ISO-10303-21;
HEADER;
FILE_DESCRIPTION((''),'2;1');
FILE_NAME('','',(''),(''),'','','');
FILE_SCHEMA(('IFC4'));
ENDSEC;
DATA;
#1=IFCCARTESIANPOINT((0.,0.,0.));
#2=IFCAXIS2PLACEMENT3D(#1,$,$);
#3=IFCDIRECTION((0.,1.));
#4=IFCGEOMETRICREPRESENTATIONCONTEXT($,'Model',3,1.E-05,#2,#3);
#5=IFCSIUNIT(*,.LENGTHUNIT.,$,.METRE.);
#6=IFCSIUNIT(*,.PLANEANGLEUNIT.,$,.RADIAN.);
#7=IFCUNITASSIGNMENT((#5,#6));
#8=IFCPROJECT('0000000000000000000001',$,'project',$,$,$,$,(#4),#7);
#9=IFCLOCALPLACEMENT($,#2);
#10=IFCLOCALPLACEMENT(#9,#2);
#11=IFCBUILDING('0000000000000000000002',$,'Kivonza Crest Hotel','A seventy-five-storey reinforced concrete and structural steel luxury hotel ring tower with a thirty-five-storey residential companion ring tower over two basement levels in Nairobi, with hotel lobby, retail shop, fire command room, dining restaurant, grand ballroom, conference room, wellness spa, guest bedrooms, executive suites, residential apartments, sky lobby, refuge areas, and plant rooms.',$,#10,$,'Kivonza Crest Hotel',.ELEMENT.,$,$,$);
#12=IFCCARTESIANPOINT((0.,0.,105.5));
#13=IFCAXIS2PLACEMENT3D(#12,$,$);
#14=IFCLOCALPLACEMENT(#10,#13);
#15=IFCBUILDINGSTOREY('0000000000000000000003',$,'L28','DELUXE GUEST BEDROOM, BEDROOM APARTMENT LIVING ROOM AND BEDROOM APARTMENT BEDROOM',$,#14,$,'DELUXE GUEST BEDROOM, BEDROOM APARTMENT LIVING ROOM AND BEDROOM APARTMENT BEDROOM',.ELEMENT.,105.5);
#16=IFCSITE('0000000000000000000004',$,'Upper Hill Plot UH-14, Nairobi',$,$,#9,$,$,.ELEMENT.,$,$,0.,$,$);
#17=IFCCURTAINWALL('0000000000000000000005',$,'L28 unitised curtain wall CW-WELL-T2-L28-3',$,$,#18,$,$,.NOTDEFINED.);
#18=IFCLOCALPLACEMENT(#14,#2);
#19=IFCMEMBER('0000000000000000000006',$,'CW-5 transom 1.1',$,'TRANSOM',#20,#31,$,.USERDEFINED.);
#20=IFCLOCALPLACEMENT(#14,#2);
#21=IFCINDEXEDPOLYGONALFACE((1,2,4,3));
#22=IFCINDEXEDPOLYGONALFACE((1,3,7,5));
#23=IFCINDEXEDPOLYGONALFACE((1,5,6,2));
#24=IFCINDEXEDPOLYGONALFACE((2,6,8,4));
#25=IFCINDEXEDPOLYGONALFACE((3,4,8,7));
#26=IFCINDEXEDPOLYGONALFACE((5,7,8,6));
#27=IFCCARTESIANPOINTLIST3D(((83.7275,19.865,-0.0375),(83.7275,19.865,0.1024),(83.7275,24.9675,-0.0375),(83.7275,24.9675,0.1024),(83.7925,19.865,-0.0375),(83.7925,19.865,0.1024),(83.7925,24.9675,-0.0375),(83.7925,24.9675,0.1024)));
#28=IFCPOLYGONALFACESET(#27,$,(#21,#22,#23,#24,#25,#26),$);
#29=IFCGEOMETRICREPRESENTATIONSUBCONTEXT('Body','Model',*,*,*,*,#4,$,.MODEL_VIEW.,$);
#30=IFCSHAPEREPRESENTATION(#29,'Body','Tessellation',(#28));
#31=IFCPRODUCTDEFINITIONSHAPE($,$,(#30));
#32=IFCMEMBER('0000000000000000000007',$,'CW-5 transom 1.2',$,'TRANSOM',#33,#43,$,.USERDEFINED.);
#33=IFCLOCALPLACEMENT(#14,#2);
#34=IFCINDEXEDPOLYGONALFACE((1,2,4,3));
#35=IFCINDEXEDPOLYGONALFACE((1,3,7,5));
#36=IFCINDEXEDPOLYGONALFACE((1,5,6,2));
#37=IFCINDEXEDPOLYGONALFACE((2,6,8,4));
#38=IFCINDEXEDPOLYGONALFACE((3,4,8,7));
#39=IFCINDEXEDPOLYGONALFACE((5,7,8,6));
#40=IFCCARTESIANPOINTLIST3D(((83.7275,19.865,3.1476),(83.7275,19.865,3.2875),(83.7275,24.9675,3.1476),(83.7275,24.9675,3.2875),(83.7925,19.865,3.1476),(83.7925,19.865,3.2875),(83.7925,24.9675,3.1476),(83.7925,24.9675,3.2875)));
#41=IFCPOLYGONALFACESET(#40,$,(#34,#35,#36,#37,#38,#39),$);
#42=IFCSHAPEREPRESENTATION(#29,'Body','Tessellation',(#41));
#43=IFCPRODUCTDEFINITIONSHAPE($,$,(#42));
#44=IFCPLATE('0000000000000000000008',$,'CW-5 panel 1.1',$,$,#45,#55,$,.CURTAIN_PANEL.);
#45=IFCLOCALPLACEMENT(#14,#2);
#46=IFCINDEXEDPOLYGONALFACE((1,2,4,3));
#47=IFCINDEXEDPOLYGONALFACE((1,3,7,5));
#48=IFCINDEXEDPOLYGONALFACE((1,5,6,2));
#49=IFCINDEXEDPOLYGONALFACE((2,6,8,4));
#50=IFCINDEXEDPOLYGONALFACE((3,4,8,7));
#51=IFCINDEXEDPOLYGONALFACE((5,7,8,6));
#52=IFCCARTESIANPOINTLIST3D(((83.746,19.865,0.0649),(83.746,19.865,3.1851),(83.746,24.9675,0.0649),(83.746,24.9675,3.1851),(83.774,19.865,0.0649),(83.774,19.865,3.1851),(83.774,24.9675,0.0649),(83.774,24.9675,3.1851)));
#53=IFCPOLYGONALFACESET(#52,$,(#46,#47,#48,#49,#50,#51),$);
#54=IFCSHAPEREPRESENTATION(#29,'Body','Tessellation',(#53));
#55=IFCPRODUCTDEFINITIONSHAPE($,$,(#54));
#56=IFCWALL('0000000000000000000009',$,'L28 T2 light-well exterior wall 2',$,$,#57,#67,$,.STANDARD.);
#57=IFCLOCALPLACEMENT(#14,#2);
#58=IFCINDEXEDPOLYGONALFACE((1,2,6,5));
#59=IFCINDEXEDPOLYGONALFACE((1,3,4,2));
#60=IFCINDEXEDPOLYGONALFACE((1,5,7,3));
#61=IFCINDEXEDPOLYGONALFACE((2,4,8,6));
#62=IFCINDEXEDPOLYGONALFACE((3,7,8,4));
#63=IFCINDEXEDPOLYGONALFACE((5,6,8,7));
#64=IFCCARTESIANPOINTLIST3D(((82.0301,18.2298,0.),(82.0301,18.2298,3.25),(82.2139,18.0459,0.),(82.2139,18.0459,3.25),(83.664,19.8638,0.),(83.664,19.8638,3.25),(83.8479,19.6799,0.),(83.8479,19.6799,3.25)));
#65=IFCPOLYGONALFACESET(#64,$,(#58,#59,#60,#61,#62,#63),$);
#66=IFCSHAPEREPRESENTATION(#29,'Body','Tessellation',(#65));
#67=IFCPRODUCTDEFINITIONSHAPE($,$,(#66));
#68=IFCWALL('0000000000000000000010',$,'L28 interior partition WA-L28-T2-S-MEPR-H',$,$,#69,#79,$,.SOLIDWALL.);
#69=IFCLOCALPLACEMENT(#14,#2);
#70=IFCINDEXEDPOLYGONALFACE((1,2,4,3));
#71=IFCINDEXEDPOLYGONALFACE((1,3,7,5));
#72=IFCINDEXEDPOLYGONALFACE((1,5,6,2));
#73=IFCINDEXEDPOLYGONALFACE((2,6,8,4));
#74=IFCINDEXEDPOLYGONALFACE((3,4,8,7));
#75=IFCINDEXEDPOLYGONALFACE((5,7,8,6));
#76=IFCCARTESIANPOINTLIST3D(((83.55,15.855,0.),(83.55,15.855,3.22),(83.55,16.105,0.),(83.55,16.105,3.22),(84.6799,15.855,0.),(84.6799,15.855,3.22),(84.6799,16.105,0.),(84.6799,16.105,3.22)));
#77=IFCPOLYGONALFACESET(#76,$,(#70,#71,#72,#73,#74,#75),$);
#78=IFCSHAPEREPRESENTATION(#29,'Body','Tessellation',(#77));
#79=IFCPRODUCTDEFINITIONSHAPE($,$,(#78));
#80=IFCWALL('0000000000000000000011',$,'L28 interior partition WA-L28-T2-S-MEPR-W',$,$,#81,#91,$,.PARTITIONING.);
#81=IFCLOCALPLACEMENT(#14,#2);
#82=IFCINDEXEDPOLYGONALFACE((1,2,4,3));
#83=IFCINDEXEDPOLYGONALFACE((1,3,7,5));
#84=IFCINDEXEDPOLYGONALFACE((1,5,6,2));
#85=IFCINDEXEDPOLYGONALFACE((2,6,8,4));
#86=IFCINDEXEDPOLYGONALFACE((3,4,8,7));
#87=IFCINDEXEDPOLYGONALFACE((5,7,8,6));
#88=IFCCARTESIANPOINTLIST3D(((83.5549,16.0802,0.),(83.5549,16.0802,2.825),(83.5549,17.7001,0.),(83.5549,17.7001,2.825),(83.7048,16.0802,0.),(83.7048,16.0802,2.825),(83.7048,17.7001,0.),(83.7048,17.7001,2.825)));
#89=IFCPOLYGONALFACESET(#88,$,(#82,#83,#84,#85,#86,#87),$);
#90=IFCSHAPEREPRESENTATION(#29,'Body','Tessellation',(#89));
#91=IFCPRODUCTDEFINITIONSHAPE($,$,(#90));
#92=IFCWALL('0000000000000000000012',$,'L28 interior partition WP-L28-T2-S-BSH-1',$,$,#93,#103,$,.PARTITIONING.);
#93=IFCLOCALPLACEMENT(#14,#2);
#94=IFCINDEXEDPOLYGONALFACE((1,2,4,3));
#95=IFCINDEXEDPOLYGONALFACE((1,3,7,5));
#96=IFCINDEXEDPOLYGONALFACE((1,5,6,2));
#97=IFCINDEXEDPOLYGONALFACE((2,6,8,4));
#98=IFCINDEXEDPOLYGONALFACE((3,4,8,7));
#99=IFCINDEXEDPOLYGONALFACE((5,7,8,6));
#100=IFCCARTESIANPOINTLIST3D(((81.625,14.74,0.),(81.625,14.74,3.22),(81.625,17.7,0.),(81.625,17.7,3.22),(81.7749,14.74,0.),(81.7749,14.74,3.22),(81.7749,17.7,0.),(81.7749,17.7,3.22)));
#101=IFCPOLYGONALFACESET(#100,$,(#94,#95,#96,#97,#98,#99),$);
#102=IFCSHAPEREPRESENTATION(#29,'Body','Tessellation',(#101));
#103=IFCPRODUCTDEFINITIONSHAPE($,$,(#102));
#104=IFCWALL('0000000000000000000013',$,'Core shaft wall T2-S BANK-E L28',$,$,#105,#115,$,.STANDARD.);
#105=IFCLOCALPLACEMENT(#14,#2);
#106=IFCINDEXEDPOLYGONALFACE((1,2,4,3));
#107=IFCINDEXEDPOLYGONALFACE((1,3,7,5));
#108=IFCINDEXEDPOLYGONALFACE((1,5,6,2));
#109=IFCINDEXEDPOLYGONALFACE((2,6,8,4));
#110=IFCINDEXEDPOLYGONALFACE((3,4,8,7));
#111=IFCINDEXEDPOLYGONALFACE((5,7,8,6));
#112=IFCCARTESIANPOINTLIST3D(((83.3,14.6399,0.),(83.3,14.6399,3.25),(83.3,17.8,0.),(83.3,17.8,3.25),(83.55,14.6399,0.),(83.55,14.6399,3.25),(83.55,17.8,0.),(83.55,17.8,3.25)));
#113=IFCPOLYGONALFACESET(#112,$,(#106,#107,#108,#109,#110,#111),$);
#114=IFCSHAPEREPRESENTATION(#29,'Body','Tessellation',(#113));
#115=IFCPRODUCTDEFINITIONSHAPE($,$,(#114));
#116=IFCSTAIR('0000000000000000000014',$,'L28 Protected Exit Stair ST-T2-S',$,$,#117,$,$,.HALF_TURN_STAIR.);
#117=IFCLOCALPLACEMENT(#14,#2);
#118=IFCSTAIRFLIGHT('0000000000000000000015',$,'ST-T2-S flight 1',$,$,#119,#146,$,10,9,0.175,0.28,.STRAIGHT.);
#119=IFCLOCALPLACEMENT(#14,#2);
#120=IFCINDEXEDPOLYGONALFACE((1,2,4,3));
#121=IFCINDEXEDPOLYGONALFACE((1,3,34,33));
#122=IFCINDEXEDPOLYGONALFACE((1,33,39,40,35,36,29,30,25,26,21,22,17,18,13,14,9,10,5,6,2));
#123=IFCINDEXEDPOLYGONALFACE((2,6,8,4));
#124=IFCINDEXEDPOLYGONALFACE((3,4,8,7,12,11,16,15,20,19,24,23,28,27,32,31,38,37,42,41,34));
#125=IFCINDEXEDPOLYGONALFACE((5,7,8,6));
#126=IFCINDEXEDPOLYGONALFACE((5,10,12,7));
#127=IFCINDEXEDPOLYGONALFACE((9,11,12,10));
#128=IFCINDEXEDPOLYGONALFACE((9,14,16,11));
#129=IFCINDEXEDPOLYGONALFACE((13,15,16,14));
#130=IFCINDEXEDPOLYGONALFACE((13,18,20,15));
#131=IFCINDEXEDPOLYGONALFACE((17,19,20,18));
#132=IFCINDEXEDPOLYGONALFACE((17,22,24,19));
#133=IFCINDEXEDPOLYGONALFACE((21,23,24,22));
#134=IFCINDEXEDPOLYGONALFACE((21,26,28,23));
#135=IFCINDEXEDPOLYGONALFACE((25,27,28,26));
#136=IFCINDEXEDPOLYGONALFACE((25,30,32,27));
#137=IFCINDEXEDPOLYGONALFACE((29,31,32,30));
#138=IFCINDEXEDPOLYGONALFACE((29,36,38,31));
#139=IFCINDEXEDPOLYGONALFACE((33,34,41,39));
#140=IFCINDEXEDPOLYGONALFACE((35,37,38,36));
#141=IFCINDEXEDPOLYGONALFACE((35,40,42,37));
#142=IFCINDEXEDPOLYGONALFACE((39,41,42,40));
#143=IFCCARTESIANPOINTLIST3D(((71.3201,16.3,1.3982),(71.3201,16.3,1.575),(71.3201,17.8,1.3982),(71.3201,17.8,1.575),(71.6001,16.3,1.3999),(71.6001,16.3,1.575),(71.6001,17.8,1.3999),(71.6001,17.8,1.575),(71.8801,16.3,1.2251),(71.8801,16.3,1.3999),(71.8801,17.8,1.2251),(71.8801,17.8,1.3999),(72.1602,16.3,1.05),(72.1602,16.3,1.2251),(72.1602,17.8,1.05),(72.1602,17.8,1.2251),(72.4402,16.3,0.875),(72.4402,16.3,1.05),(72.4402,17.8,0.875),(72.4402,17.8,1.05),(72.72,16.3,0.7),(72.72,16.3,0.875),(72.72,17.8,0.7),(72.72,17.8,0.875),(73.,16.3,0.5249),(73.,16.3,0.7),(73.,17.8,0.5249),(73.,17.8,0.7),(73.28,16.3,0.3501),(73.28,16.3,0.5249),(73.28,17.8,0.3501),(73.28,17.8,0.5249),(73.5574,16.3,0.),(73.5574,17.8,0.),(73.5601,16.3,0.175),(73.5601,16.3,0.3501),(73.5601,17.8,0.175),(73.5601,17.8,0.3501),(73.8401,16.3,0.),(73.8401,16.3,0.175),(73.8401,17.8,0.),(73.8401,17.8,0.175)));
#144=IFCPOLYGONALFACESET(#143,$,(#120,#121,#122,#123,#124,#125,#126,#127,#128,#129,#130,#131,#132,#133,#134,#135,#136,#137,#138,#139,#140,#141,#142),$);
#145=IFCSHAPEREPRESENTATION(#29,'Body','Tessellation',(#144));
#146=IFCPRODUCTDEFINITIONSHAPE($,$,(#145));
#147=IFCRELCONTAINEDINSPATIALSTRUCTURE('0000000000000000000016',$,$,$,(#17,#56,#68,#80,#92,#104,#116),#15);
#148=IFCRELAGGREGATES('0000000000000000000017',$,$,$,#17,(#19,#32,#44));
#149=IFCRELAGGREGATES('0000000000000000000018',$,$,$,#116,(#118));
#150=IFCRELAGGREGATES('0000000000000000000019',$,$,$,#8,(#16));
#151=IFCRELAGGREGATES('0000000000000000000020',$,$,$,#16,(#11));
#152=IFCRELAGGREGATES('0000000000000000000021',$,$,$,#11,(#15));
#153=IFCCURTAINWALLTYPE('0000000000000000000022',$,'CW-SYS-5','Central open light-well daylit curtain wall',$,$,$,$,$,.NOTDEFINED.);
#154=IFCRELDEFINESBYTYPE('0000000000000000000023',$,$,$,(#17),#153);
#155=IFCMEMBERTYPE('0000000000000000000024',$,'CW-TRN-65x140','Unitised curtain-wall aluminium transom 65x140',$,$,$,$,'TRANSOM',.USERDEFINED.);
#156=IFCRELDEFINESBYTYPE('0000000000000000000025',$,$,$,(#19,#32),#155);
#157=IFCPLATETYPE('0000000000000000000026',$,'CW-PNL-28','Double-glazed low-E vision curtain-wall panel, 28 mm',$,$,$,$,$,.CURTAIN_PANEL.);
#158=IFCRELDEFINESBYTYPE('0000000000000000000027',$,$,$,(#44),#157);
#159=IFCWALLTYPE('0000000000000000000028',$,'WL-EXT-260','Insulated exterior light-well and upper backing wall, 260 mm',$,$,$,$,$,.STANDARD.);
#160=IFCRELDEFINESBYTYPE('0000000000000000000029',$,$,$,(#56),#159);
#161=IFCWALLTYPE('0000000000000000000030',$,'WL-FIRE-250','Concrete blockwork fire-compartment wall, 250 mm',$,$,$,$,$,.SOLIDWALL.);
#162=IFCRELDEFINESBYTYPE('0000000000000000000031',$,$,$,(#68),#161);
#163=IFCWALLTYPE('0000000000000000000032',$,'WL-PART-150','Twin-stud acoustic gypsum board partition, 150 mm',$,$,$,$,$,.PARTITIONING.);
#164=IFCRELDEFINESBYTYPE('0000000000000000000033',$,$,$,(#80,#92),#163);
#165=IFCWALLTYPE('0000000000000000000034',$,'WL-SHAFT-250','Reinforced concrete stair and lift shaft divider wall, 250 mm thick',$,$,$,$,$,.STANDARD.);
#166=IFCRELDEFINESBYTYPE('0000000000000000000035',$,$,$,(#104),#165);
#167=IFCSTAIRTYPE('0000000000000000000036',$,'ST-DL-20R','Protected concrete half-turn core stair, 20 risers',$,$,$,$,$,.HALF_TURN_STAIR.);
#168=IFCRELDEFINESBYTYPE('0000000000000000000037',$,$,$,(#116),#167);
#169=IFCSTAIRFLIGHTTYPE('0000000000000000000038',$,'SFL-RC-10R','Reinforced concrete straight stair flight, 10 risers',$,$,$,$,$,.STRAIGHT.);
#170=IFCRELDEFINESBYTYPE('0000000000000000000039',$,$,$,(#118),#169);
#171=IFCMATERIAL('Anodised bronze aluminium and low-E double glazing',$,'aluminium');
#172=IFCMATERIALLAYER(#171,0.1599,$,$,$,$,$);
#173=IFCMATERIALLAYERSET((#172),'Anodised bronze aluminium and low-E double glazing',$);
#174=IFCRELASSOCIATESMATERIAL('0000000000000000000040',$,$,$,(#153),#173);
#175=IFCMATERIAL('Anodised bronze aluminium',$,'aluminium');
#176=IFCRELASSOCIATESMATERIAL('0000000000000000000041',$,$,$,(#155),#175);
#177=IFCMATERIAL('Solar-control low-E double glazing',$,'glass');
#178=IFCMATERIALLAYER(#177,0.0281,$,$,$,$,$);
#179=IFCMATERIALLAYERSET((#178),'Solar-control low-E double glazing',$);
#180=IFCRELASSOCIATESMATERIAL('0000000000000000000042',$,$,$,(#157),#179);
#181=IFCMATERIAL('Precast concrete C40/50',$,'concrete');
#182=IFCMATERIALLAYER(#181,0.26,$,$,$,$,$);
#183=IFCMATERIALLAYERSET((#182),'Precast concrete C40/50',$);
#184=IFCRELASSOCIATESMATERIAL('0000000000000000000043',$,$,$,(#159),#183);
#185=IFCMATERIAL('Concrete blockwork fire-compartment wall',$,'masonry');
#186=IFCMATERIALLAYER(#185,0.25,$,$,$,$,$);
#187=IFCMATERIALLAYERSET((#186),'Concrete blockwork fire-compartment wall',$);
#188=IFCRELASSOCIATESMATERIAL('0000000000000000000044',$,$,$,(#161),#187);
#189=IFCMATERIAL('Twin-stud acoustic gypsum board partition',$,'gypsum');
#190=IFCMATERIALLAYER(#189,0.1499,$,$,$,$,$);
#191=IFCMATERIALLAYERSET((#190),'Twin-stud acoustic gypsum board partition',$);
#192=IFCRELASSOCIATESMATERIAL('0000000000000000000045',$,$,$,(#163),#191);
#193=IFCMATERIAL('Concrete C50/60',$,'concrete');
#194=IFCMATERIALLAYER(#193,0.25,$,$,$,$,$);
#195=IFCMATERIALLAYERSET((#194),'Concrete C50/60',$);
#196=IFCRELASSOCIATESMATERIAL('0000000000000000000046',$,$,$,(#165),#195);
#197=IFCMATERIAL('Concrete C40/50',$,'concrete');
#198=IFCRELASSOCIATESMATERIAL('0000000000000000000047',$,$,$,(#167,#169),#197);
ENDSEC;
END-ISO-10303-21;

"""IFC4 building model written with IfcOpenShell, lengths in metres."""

from ifc_helpers import new_model, si_unit, direction, frame, frame_2d, origin, origin_2d, place, context, subcontext, project, spatial, polyline, rectangle, outline, extrude, material, layer, layer_set, material_profile, profile_set, type_object, element, aggregate, save


model = new_model("IFC4")

# Units and contexts
model_context = context("Model", 3, precision=1e-05, world=origin(), true_north=direction((0.0, 1.0)))
body_context = subcontext(model_context, "Body", "Model", "MODEL_VIEW")
ifc_project = project(units=[si_unit("LENGTHUNIT", "METRE"), si_unit("PLANEANGLEUNIT", "RADIAN")], contexts=[model_context])

# Site, building, storey
site_placement = place(None, origin())
site = spatial("IfcSite", under=ifc_project, at=site_placement, Name="Upper Hill Plot UH-14, Nairobi", CompositionType="ELEMENT", RefElevation=0.0)
building_placement = place(site_placement, origin())
building = spatial("IfcBuilding", under=site, at=building_placement, Name="Kivonza Crest Hotel", Description="A seventy-five-storey reinforced concrete and structural steel luxury hotel ring tower with a thirty-five-storey residential companion ring tower over two basement levels in Nairobi, with hotel lobby, retail shop, fire command room, dining restaurant, grand ballroom, conference room, wellness spa, guest bedrooms, executive suites, residential apartments, sky lobby, refuge areas, and plant rooms.", LongName="Kivonza Crest Hotel", CompositionType="ELEMENT")
storey_placement = place(building_placement, frame((0.0, 0.0, 105.5)))
storey = spatial("IfcBuildingStorey", under=building, at=storey_placement, Name="L28", Description="DELUXE GUEST BEDROOM, BEDROOM APARTMENT LIVING ROOM AND BEDROOM APARTMENT BEDROOM", LongName="DELUXE GUEST BEDROOM, BEDROOM APARTMENT LIVING ROOM AND BEDROOM APARTMENT BEDROOM", CompositionType="ELEMENT", Elevation=105.5)

# Shared definitions
ifc_material_1 = material(Name="Concrete C50/60", Category="concrete")

# Curtain wall, members, plate
ifc_material_2 = material(Name="Anodised bronze aluminium and low-E double glazing", Category="aluminium")
ifc_layer_1 = layer(ifc_material_2, 0.1599)
ifc_layer_set_1 = layer_set([ifc_layer_1], Name="Anodised bronze aluminium and low-E double glazing")
curtain_wall_type = type_object("IfcCurtainWallType", Name="CW-SYS-5", Description="Central open light-well daylit curtain wall", PredefinedType="NOTDEFINED", material=ifc_layer_set_1)
curtain_wall_placement = place(storey_placement, origin())
curtain_wall = element("IfcCurtainWall", 1, at=curtain_wall_placement, inside=storey, type_object=curtain_wall_type, Name="L28 unitised curtain wall CW-WELL-T2-L28-3", PredefinedType="NOTDEFINED")
ifc_material_3 = material(Name="Anodised bronze aluminium", Category="aluminium")
ifc_material_profile_1 = material_profile(ifc_material_3, rectangle(XDim=0.0649, YDim=0.1399, at=origin_2d()), Name="CW-T 65x140")
ifc_profile_set_1 = profile_set([ifc_material_profile_1], Name="Anodised bronze aluminium")
member_type_1 = type_object("IfcMemberType", Name="CW-TRN-65x140", Description="Unitised curtain-wall aluminium transom 65x140", ElementType="TRANSOM", PredefinedType="USERDEFINED", material=ifc_profile_set_1)
member_1_placement = place(storey_placement, frame((83.76, 19.865, 0.0325), z_axis=(0.0, 1.0, 0.0), x_axis=(-1.0, 0.0, 0.0)))
member_1 = element("IfcMember", 2, at=member_1_placement, type_object=member_type_1, Name="CW-5 transom 1.1", ObjectType="TRANSOM", PredefinedType="USERDEFINED", context=body_context, shape_type="SweptSolid", body=[
    extrude(rectangle(XDim=0.0649, YDim=0.1399, at=origin_2d()), origin(), (0.0, 0.0, 1.0), 5.1025),
])
member_2_placement = place(storey_placement, frame((83.76, 19.865, 3.2175), z_axis=(0.0, 1.0, 0.0), x_axis=(-1.0, 0.0, 0.0)))
member_2 = element("IfcMember", 3, at=member_2_placement, type_object=member_type_1, Name="CW-5 transom 1.2", ObjectType="TRANSOM", PredefinedType="USERDEFINED", context=body_context, shape_type="SweptSolid", body=[
    extrude(rectangle(XDim=0.0649, YDim=0.1399, at=origin_2d()), origin(), (0.0, 0.0, 1.0), 5.1025),
])
ifc_material_4 = material(Name="Solar-control low-E double glazing", Category="glass")
ifc_layer_2 = layer(ifc_material_4, 0.0281)
ifc_layer_set_2 = layer_set([ifc_layer_2], Name="Solar-control low-E double glazing")
plate_type = type_object("IfcPlateType", Name="CW-PNL-28", Description="Double-glazed low-E vision curtain-wall panel, 28 mm", PredefinedType="CURTAIN_PANEL", material=ifc_layer_set_2)
plate_placement = place(storey_placement, frame((83.76, 22.4163, 0.0649), z_axis=(0.0, 0.0, 1.0), x_axis=(0.0, 1.0, 0.0)))
plate = element("IfcPlate", 4, at=plate_placement, type_object=plate_type, Name="CW-5 panel 1.1", PredefinedType="CURTAIN_PANEL", context=body_context, shape_type="SweptSolid", body=[
    extrude(rectangle(XDim=5.1025, YDim=0.0281, at=origin_2d()), origin(), (0.0, 0.0, 1.0), 3.1201),
])
aggregate(curtain_wall, [member_1, member_2, plate])

# Walls
ifc_material_5 = material(Name="Precast concrete C40/50", Category="concrete")
ifc_layer_3 = layer(ifc_material_5, 0.26)
ifc_layer_set_3 = layer_set([ifc_layer_3], Name="Precast concrete C40/50")
wall_type_1 = type_object("IfcWallType", Name="WL-EXT-260", Description="Insulated exterior light-well and upper backing wall, 260 mm", PredefinedType="STANDARD", material=ifc_layer_set_3)
wall_1_placement = place(storey_placement, frame((82.1221, 18.1379, 0.0), z_axis=(0.0, 0.0, 1.0), x_axis=(0.707107, 0.707107, 0.0)))
element("IfcWall", 5, at=wall_1_placement, inside=storey, type_object=wall_type_1, Name="L28 T2 light-well exterior wall 2", PredefinedType="STANDARD", context=body_context, shape_type="SweptSolid", body=[
    extrude(rectangle(XDim=2.3108, YDim=0.26, at=frame_2d((1.1553, 0.0))), origin(), (0.0, 0.0, 1.0), 3.25),
])
ifc_material_6 = material(Name="Concrete blockwork fire-compartment wall", Category="masonry")
ifc_layer_4 = layer(ifc_material_6, 0.25)
ifc_layer_set_4 = layer_set([ifc_layer_4], Name="Concrete blockwork fire-compartment wall")
wall_type_2 = type_object("IfcWallType", Name="WL-FIRE-250", Description="Concrete blockwork fire-compartment wall, 250 mm", PredefinedType="SOLIDWALL", material=ifc_layer_set_4)
wall_2_placement = place(storey_placement, frame((83.55, 15.98, 0.0), z_axis=(0.0, 0.0, 1.0), x_axis=(1.0, 0.0, 0.0)))
element("IfcWall", 6, at=wall_2_placement, inside=storey, type_object=wall_type_2, Name="L28 interior partition WA-L28-T2-S-MEPR-H", PredefinedType="SOLIDWALL", context=body_context, shape_type="SweptSolid", body=[
    extrude(rectangle(XDim=1.1299, YDim=0.25, at=frame_2d((0.5649, 0.0))), origin(), (0.0, 0.0, 1.0), 3.22),
])
ifc_material_7 = material(Name="Twin-stud acoustic gypsum board partition", Category="gypsum")
ifc_layer_5 = layer(ifc_material_7, 0.1499)
ifc_layer_set_5 = layer_set([ifc_layer_5], Name="Twin-stud acoustic gypsum board partition")
wall_type_3 = type_object("IfcWallType", Name="WL-PART-150", Description="Twin-stud acoustic gypsum board partition, 150 mm", PredefinedType="PARTITIONING", material=ifc_layer_set_5)
wall_3_placement = place(storey_placement, frame((83.6299, 16.0801, 0.0), z_axis=(0.0, 0.0, 1.0), x_axis=(0.0, 1.0, 0.0)))
element("IfcWall", 7, at=wall_3_placement, inside=storey, type_object=wall_type_3, Name="L28 interior partition WA-L28-T2-S-MEPR-W", PredefinedType="PARTITIONING", context=body_context, shape_type="SweptSolid", body=[
    extrude(rectangle(XDim=1.6199, YDim=0.1499, at=frame_2d((0.8101, 0.0))), origin(), (0.0, 0.0, 1.0), 2.825),
])
wall_4_placement = place(storey_placement, frame((81.7, 14.74, 0.0), z_axis=(0.0, 0.0, 1.0), x_axis=(0.0, 1.0, 0.0)))
element("IfcWall", 8, at=wall_4_placement, inside=storey, type_object=wall_type_3, Name="L28 interior partition WP-L28-T2-S-BSH-1", PredefinedType="PARTITIONING", context=body_context, shape_type="SweptSolid", body=[
    extrude(rectangle(XDim=2.96, YDim=0.1499, at=frame_2d((1.48, 0.0))), origin(), (0.0, 0.0, 1.0), 3.22),
])
ifc_layer_6 = layer(ifc_material_1, 0.25)
ifc_layer_set_6 = layer_set([ifc_layer_6], Name="Concrete C50/60")
wall_type_4 = type_object("IfcWallType", Name="WL-SHAFT-250", Description="Reinforced concrete stair and lift shaft divider wall, 250 mm thick", PredefinedType="STANDARD", material=ifc_layer_set_6)
wall_5_placement = place(storey_placement, frame((83.425, 14.6399, 0.0), z_axis=(0.0, 0.0, 1.0), x_axis=(0.0, 1.0, 0.0)))
element("IfcWall", 9, at=wall_5_placement, inside=storey, type_object=wall_type_4, Name="Core shaft wall T2-S BANK-E L28", PredefinedType="STANDARD", context=body_context, shape_type="SweptSolid", body=[
    extrude(rectangle(XDim=3.1602, YDim=0.25, at=frame_2d((1.5801, 0.0))), origin(), (0.0, 0.0, 1.0), 3.25),
])

# Stair, stair flight
ifc_material_8 = material(Name="Concrete C40/50", Category="concrete")
stair_type = type_object("IfcStairType", Name="ST-DL-20R", Description="Protected concrete half-turn core stair, 20 risers", PredefinedType="HALF_TURN_STAIR", material=ifc_material_8)
stair_placement = place(storey_placement, origin())
stair = element("IfcStair", 10, at=stair_placement, inside=storey, type_object=stair_type, Name="L28 Protected Exit Stair ST-T2-S", PredefinedType="HALF_TURN_STAIR")
stair_flight_type = type_object("IfcStairFlightType", Name="SFL-RC-10R", Description="Reinforced concrete straight stair flight, 10 risers", PredefinedType="STRAIGHT", material=ifc_material_8)
stair_flight_placement = place(storey_placement, frame((73.8401, 17.05, 0.0), z_axis=(0.0, 0.0, 1.0), x_axis=(-1.0, 0.0, 0.0)))
stair_flight = element("IfcStairFlight", 11, at=stair_flight_placement, type_object=stair_flight_type, Name="ST-T2-S flight 1", NumberOfRisers=10, NumberOfTreads=9, PredefinedType="STRAIGHT", RiserHeight=0.175, TreadLength=0.28, context=body_context, shape_type="SweptSolid", body=[
    extrude(outline(polyline([(0.0, 0.0), (0.0, 0.175), (0.28, 0.175), (0.28, 0.3501), (0.5601, 0.3501), (0.5601, 0.5249), (0.8401, 0.5249), (0.8401, 0.7), (1.1201, 0.7), (1.1201, 0.875), (1.3999, 0.875), (1.3999, 1.05), (1.6799, 1.05), (1.6799, 1.2251), (1.96, 1.2251), (1.96, 1.3999), (2.24, 1.3999), (2.24, 1.575), (2.52, 1.575), (2.52, 1.75), (2.52, 1.3982), (0.2827, 0.0), (0.0, 0.0)])), frame((0.0, 0.75, 0.0), z_axis=(0.0, -1.0, 0.0), x_axis=(1.0, 0.0, 0.0)), (0.0, 0.0, 1.0), 1.5),
])
aggregate(stair, [stair_flight])

save(model, "model.ifc")
